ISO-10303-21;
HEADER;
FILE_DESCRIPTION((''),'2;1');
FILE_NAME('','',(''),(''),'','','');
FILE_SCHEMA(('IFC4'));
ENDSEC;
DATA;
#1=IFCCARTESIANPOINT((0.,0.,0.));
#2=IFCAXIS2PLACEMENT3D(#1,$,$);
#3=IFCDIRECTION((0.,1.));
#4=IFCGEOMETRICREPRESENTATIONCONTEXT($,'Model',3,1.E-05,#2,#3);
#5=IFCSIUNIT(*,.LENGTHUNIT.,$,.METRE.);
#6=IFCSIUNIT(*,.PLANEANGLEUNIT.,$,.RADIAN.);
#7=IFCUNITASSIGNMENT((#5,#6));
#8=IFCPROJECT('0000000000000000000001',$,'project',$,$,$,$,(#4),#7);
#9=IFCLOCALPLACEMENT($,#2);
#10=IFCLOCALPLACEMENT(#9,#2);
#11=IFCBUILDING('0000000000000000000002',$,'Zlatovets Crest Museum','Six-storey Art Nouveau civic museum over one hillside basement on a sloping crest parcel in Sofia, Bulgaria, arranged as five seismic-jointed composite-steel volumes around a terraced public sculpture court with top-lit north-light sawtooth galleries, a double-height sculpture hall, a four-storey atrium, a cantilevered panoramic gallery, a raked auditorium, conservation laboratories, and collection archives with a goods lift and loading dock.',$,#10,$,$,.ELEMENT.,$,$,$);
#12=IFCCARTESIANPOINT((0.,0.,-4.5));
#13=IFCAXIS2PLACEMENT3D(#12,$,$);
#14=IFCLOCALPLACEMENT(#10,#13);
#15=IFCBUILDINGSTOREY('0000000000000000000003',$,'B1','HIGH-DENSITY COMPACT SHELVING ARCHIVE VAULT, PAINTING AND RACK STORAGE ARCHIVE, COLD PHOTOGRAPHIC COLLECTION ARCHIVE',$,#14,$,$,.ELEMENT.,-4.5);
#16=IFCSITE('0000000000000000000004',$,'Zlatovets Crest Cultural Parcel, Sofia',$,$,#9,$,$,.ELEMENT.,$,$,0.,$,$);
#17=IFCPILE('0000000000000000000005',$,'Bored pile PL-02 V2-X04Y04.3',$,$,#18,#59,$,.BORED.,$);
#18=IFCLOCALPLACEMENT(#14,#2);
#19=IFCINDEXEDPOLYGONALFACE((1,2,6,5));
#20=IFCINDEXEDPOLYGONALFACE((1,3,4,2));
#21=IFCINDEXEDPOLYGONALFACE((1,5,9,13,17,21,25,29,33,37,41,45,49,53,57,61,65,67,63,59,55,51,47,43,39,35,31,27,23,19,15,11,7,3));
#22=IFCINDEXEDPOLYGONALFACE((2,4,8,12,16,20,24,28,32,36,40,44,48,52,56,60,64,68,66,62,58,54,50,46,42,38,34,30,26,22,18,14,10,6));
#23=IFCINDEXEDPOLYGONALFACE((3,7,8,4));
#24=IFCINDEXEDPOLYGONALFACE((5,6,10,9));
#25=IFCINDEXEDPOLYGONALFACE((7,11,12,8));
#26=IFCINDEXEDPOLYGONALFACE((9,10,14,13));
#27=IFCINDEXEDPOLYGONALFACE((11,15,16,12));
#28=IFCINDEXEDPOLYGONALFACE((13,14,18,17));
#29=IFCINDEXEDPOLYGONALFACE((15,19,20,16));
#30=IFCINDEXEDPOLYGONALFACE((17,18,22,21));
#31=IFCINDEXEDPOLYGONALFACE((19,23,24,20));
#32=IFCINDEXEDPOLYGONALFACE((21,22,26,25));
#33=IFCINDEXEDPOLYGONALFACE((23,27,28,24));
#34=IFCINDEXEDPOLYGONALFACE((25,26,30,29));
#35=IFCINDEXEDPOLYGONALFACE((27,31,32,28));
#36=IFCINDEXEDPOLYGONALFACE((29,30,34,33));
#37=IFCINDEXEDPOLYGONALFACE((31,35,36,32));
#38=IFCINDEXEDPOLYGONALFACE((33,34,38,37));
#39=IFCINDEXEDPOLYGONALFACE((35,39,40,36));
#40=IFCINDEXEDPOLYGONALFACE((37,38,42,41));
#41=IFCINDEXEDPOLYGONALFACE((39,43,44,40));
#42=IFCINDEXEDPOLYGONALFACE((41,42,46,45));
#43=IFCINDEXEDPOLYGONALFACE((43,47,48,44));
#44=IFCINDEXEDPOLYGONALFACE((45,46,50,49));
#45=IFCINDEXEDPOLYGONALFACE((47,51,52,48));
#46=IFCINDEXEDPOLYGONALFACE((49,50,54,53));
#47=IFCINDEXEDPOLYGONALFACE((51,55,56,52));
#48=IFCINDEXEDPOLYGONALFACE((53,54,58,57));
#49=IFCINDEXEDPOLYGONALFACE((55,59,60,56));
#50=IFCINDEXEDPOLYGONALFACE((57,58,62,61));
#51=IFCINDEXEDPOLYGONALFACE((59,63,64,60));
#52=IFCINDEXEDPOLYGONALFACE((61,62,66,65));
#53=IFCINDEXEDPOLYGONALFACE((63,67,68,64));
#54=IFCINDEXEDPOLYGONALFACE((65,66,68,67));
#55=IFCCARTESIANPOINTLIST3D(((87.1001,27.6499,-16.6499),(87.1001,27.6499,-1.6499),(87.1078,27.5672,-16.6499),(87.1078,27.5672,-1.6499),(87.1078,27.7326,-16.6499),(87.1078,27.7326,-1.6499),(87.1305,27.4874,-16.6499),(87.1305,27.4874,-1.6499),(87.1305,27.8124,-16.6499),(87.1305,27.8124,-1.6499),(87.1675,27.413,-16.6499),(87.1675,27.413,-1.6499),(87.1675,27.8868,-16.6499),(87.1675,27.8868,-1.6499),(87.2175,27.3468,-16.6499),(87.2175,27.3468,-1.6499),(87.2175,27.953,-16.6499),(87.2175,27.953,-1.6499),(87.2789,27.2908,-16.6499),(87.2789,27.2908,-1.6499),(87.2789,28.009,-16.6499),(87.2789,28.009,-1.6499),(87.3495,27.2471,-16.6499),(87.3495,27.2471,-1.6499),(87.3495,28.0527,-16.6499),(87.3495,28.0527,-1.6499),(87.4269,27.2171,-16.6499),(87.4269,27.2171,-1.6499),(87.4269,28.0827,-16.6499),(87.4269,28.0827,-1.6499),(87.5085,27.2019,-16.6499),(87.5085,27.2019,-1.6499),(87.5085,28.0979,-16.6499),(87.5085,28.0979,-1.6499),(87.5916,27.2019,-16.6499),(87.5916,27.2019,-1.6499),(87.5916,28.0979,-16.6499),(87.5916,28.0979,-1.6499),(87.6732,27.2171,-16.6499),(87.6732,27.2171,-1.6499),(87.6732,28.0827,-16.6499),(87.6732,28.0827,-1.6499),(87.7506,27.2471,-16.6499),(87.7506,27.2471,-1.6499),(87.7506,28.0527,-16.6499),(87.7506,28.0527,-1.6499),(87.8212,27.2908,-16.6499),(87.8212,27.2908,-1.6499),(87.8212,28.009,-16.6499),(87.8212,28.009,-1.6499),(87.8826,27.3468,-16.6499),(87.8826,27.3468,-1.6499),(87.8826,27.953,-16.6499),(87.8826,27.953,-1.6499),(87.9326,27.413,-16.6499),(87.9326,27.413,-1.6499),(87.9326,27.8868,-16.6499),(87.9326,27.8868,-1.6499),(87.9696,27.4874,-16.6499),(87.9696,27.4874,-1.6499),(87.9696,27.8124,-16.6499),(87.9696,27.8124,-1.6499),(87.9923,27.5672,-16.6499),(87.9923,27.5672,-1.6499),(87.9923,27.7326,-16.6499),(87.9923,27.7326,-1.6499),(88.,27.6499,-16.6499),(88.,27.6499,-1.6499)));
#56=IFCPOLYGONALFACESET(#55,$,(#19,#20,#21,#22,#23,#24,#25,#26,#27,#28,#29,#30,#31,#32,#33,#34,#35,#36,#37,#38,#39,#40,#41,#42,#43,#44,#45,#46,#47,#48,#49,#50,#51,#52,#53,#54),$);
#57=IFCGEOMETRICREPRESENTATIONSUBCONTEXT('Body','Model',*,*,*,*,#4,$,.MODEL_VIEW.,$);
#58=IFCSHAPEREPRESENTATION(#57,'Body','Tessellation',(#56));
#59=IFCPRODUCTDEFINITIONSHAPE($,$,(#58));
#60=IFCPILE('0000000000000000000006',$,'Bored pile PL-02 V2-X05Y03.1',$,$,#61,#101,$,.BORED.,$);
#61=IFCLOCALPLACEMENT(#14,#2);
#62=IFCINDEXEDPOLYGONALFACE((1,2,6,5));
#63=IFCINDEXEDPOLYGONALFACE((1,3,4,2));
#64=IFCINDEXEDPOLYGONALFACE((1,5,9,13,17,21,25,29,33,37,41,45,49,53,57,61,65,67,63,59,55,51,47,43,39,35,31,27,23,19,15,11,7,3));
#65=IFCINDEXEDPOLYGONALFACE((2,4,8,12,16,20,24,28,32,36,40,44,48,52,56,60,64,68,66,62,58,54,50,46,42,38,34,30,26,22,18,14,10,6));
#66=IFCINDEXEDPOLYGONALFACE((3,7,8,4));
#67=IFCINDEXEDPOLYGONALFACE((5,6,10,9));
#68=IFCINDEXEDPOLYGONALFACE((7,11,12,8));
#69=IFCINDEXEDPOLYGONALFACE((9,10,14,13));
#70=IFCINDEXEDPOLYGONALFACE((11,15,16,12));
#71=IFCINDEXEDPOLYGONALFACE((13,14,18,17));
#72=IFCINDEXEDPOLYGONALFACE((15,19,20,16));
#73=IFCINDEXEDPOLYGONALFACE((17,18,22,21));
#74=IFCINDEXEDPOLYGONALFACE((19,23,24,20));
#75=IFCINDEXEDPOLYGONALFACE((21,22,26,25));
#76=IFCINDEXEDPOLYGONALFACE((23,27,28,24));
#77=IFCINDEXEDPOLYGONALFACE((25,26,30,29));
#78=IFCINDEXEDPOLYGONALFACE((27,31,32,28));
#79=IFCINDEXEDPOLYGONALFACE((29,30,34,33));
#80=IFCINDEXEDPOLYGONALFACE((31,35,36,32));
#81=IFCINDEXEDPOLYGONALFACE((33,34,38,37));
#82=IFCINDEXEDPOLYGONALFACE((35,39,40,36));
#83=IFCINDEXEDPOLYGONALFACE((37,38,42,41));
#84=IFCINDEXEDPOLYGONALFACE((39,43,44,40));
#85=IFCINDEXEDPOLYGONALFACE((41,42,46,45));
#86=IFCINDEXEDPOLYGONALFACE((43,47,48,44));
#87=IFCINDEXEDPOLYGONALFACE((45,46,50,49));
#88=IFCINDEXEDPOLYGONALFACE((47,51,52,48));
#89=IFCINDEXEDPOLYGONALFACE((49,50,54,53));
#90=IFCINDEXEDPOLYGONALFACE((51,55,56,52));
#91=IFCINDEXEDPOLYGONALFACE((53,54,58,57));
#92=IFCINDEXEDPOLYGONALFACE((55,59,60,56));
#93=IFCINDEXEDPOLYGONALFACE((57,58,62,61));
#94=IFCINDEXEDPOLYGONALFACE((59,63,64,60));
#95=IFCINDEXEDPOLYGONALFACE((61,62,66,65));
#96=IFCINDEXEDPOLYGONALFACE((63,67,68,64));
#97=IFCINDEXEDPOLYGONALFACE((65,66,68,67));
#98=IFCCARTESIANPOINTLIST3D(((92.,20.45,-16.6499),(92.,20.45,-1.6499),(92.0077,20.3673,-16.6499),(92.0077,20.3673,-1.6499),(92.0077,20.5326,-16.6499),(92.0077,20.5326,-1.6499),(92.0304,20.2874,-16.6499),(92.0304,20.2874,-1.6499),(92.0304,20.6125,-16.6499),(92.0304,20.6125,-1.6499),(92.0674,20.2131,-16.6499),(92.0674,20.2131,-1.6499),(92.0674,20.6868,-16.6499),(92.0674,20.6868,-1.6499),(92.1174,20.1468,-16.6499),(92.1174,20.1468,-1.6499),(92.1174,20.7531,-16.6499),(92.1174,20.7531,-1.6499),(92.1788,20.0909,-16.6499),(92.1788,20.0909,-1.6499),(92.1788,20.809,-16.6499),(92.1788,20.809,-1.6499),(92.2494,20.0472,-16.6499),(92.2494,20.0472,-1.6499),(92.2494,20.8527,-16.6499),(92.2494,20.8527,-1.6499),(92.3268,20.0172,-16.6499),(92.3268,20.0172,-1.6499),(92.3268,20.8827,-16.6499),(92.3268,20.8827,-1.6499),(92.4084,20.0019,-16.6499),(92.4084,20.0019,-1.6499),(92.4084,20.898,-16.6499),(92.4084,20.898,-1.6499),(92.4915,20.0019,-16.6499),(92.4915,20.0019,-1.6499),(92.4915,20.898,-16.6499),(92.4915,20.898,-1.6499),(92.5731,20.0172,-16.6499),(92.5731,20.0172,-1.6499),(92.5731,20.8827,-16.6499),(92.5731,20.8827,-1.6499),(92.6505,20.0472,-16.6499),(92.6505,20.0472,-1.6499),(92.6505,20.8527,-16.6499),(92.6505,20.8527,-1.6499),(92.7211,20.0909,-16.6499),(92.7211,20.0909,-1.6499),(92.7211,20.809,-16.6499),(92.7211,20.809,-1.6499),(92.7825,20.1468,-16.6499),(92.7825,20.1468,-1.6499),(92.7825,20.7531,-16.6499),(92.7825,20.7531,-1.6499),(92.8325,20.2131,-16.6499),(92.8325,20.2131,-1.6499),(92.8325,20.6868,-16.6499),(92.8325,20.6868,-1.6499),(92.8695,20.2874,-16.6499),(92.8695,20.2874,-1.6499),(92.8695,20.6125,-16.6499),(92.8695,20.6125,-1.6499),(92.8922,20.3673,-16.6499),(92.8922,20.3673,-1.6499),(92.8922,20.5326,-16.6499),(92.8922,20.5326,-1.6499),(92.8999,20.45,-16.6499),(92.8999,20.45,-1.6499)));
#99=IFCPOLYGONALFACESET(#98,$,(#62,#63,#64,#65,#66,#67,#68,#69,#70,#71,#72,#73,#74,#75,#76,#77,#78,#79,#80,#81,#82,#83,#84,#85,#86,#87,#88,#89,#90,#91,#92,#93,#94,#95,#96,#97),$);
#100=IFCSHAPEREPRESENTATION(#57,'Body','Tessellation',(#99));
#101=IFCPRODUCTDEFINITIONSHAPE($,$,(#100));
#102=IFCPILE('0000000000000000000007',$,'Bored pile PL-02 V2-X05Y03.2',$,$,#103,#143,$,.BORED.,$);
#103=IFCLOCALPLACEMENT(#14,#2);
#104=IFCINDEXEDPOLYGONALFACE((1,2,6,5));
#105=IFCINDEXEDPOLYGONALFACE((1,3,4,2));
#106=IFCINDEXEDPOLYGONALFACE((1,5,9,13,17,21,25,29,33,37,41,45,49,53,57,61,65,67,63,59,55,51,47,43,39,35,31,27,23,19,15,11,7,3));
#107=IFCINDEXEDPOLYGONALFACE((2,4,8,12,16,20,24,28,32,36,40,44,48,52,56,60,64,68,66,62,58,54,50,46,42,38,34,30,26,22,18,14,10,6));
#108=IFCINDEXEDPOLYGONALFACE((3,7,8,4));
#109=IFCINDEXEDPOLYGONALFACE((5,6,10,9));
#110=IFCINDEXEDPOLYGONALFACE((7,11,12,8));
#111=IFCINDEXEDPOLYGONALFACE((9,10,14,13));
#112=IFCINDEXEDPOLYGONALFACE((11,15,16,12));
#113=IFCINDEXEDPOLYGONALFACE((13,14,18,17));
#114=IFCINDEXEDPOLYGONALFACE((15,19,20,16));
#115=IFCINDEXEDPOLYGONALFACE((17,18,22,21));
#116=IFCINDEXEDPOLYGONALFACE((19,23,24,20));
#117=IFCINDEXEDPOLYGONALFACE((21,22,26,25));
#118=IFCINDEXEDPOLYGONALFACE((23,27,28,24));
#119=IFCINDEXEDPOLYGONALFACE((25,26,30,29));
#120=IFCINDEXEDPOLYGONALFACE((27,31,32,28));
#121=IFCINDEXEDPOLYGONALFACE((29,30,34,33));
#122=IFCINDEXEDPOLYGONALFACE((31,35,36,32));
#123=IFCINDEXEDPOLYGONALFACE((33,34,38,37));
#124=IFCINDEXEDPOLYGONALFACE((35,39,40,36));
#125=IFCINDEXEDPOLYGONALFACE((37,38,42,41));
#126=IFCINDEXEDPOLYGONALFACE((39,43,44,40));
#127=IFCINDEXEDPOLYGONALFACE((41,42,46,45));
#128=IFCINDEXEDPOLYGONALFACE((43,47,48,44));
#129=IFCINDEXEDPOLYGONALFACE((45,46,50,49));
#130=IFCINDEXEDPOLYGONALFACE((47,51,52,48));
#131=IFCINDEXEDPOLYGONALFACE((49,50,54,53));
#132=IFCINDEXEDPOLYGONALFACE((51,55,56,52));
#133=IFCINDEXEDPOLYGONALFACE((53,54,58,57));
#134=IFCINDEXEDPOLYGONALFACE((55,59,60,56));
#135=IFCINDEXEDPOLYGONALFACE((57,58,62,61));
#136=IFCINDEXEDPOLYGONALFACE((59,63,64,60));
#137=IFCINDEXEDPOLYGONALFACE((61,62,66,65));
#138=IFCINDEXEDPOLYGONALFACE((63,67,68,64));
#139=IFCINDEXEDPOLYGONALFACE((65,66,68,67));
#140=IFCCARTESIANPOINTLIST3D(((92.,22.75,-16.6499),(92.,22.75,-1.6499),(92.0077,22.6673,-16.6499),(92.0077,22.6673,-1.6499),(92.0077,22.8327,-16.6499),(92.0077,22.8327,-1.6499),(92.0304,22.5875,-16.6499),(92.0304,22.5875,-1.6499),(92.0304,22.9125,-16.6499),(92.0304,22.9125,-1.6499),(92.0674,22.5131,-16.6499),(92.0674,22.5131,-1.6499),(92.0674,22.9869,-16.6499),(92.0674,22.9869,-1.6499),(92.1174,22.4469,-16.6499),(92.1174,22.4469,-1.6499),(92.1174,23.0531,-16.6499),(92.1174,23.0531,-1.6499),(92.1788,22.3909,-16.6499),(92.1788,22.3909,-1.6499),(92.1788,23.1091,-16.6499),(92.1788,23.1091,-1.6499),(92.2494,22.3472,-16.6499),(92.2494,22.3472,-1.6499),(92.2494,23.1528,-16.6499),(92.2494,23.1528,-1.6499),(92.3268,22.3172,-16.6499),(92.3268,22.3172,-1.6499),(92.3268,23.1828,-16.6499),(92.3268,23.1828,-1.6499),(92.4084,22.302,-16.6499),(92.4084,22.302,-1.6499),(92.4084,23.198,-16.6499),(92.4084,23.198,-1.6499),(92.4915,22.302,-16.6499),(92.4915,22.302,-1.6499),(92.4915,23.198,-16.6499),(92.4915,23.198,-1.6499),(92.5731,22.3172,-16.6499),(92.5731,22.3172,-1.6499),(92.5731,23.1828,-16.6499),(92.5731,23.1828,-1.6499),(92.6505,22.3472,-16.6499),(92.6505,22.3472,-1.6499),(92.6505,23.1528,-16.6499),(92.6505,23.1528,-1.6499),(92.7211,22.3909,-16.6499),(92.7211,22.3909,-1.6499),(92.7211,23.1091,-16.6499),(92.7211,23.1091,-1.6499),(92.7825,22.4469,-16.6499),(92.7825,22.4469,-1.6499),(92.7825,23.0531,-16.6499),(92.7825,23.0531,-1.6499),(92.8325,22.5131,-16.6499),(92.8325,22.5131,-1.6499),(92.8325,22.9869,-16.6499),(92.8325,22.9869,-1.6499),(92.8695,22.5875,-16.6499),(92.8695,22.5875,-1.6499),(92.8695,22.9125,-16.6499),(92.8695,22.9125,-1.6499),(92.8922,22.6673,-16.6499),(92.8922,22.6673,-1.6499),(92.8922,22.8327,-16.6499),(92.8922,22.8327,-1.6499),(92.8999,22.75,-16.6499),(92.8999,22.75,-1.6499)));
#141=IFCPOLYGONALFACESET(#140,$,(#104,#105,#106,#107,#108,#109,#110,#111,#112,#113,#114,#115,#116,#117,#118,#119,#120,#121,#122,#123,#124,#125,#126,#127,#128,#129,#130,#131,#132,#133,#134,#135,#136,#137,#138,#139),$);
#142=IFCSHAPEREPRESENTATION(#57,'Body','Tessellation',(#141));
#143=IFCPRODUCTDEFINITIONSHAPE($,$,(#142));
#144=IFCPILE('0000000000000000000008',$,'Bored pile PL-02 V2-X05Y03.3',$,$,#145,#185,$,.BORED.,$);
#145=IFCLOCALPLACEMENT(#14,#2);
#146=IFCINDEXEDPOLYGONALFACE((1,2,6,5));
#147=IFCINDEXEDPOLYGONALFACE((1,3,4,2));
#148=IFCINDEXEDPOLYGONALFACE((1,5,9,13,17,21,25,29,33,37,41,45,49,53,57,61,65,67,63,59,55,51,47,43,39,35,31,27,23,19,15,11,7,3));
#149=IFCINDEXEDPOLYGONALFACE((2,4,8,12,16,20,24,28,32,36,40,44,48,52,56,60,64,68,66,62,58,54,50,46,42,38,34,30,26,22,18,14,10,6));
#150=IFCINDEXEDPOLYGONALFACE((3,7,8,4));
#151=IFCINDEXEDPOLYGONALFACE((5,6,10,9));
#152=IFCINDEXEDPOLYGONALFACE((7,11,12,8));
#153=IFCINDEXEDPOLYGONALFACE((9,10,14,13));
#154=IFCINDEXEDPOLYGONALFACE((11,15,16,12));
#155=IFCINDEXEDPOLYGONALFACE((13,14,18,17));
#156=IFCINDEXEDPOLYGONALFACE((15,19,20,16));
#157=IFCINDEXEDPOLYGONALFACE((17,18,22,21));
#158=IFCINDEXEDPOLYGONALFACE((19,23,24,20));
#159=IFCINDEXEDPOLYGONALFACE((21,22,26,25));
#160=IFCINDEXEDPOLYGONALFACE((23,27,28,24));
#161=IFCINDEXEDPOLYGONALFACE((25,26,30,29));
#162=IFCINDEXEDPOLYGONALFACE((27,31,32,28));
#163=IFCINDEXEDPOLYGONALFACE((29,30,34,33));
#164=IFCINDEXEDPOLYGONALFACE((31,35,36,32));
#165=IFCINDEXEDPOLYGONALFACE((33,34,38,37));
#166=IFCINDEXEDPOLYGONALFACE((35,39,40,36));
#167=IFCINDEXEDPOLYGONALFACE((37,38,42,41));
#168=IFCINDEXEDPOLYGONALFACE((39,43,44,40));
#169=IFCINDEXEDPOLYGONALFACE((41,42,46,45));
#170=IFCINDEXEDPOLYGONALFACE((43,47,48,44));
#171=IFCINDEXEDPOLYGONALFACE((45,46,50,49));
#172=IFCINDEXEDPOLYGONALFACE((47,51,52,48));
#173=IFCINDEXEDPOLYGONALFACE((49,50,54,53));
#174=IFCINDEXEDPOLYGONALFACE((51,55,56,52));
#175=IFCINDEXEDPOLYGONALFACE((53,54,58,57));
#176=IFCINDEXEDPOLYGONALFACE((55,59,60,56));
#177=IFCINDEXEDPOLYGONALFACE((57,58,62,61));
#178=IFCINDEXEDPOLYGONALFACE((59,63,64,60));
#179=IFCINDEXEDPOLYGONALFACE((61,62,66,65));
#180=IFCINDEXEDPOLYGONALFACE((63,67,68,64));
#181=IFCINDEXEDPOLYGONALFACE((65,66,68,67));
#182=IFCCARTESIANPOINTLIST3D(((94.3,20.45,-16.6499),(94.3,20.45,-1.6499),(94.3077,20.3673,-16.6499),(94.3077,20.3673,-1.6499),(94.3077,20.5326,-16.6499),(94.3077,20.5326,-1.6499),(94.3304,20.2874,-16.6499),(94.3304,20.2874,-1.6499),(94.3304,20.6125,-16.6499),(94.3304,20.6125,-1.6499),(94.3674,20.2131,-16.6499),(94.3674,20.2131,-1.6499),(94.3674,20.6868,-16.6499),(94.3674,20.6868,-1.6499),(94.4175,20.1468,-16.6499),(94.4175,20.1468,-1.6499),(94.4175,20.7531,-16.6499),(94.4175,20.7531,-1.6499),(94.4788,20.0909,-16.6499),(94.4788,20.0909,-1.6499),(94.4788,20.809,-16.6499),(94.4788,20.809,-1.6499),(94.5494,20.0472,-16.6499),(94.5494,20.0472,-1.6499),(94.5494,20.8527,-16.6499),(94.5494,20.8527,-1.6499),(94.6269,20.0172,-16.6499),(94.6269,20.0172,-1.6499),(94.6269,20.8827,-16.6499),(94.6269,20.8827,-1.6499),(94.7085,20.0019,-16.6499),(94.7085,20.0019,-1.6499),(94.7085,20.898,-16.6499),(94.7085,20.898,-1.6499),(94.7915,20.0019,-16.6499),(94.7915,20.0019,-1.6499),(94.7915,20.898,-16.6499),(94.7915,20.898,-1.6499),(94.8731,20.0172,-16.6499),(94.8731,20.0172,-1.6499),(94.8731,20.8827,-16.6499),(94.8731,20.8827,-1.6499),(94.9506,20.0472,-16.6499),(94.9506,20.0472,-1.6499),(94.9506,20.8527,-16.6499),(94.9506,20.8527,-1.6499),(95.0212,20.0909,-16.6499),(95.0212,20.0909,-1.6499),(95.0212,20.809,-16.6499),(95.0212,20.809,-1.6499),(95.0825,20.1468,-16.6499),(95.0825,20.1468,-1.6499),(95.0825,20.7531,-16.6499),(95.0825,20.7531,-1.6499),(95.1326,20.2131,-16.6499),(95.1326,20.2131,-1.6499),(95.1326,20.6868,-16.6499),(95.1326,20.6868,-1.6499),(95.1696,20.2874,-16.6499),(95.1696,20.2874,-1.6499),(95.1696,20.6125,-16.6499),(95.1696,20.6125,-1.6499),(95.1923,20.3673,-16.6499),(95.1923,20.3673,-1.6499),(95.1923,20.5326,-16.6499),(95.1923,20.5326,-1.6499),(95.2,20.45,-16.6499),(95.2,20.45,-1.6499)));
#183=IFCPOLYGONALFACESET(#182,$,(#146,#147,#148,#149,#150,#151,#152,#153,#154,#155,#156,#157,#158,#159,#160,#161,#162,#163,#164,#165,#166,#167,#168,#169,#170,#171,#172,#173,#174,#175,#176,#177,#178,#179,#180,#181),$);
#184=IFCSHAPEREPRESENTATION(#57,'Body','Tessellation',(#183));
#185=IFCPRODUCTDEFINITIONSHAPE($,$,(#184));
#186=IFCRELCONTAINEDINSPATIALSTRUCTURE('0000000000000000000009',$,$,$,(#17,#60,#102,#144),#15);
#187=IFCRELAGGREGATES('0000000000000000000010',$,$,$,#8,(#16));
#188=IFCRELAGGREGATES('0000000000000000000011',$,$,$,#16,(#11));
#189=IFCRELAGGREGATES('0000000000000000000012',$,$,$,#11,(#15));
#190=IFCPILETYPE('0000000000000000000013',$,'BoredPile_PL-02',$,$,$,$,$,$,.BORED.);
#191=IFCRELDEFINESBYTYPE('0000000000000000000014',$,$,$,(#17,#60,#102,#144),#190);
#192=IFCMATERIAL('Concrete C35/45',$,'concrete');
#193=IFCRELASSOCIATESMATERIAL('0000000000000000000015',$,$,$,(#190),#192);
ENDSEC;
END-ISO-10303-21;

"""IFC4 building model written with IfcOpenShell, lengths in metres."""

from ifc_helpers import new_model, si_unit, direction, frame, origin, origin_2d, place, context, subcontext, project, spatial, circle, extrude, material, material_profile, profile_set, type_object, element, save


model = new_model("IFC4")

# Units and contexts
model_context = context("Model", 3, precision=1e-05, world=origin(), true_north=direction((0.0, 1.0)))
body_context = subcontext(model_context, "Body", "Model", "MODEL_VIEW")
ifc_project = project(units=[si_unit("LENGTHUNIT", "METRE"), si_unit("PLANEANGLEUNIT", "RADIAN")], contexts=[model_context])

# Site, building, storey
site_placement = place(None, origin())
site = spatial("IfcSite", under=ifc_project, at=site_placement, Name="Zlatovets Crest Cultural Parcel, Sofia", CompositionType="ELEMENT", RefElevation=0.0)
building_placement = place(site_placement, origin())
building = spatial("IfcBuilding", under=site, at=building_placement, Name="Zlatovets Crest Museum", Description="Six-storey Art Nouveau civic museum over one hillside basement on a sloping crest parcel in Sofia, Bulgaria, arranged as five seismic-jointed composite-steel volumes around a terraced public sculpture court with top-lit north-light sawtooth galleries, a double-height sculpture hall, a four-storey atrium, a cantilevered panoramic gallery, a raked auditorium, conservation laboratories, and collection archives with a goods lift and loading dock.", CompositionType="ELEMENT")
storey_placement = place(building_placement, frame((0.0, 0.0, -4.5)))
storey = spatial("IfcBuildingStorey", under=building, at=storey_placement, Name="B1", Description="HIGH-DENSITY COMPACT SHELVING ARCHIVE VAULT, PAINTING AND RACK STORAGE ARCHIVE, COLD PHOTOGRAPHIC COLLECTION ARCHIVE", CompositionType="ELEMENT", Elevation=-4.5)

# Piles
ifc_material = material(Name="Concrete C35/45", Category="concrete")
ifc_material_profile_1 = material_profile(ifc_material, circle(Radius=0.45, at=origin_2d()), Name="PILE D900")
ifc_profile_set_1 = profile_set([ifc_material_profile_1], Name="Concrete C35/45")
pile_type = type_object("IfcPileType", Name="BoredPile_PL-02", PredefinedType="BORED", material=ifc_profile_set_1)
for number, where, z_axis, x_axis, name in (
    (1, (87.55, 27.6499, -1.6499), (0.0, 0.0, -1.0), (1.0, 0.0, 0.0), "Bored pile PL-02 V2-X04Y04.3"),
    (2, (92.45, 20.45, -1.6499), (0.0, 0.0, -1.0), (1.0, 0.0, 0.0), "Bored pile PL-02 V2-X05Y03.1"),
    (3, (92.45, 22.75, -1.6499), (0.0, 0.0, -1.0), (1.0, 0.0, 0.0), "Bored pile PL-02 V2-X05Y03.2"),
    (4, (94.75, 20.45, -1.6499), (0.0, 0.0, -1.0), (1.0, 0.0, 0.0), "Bored pile PL-02 V2-X05Y03.3"),
):
    element("IfcPile", number, at=place(storey_placement, frame(where, z_axis=z_axis, x_axis=x_axis)), inside=storey, type_object=pile_type, Name=name, PredefinedType="BORED", context=body_context, shape_type="SweptSolid", body=[
        extrude(circle(Radius=0.45, at=origin_2d()), origin(), (0.0, 0.0, 1.0), 15.0),
    ])

save(model, "model.ifc")
